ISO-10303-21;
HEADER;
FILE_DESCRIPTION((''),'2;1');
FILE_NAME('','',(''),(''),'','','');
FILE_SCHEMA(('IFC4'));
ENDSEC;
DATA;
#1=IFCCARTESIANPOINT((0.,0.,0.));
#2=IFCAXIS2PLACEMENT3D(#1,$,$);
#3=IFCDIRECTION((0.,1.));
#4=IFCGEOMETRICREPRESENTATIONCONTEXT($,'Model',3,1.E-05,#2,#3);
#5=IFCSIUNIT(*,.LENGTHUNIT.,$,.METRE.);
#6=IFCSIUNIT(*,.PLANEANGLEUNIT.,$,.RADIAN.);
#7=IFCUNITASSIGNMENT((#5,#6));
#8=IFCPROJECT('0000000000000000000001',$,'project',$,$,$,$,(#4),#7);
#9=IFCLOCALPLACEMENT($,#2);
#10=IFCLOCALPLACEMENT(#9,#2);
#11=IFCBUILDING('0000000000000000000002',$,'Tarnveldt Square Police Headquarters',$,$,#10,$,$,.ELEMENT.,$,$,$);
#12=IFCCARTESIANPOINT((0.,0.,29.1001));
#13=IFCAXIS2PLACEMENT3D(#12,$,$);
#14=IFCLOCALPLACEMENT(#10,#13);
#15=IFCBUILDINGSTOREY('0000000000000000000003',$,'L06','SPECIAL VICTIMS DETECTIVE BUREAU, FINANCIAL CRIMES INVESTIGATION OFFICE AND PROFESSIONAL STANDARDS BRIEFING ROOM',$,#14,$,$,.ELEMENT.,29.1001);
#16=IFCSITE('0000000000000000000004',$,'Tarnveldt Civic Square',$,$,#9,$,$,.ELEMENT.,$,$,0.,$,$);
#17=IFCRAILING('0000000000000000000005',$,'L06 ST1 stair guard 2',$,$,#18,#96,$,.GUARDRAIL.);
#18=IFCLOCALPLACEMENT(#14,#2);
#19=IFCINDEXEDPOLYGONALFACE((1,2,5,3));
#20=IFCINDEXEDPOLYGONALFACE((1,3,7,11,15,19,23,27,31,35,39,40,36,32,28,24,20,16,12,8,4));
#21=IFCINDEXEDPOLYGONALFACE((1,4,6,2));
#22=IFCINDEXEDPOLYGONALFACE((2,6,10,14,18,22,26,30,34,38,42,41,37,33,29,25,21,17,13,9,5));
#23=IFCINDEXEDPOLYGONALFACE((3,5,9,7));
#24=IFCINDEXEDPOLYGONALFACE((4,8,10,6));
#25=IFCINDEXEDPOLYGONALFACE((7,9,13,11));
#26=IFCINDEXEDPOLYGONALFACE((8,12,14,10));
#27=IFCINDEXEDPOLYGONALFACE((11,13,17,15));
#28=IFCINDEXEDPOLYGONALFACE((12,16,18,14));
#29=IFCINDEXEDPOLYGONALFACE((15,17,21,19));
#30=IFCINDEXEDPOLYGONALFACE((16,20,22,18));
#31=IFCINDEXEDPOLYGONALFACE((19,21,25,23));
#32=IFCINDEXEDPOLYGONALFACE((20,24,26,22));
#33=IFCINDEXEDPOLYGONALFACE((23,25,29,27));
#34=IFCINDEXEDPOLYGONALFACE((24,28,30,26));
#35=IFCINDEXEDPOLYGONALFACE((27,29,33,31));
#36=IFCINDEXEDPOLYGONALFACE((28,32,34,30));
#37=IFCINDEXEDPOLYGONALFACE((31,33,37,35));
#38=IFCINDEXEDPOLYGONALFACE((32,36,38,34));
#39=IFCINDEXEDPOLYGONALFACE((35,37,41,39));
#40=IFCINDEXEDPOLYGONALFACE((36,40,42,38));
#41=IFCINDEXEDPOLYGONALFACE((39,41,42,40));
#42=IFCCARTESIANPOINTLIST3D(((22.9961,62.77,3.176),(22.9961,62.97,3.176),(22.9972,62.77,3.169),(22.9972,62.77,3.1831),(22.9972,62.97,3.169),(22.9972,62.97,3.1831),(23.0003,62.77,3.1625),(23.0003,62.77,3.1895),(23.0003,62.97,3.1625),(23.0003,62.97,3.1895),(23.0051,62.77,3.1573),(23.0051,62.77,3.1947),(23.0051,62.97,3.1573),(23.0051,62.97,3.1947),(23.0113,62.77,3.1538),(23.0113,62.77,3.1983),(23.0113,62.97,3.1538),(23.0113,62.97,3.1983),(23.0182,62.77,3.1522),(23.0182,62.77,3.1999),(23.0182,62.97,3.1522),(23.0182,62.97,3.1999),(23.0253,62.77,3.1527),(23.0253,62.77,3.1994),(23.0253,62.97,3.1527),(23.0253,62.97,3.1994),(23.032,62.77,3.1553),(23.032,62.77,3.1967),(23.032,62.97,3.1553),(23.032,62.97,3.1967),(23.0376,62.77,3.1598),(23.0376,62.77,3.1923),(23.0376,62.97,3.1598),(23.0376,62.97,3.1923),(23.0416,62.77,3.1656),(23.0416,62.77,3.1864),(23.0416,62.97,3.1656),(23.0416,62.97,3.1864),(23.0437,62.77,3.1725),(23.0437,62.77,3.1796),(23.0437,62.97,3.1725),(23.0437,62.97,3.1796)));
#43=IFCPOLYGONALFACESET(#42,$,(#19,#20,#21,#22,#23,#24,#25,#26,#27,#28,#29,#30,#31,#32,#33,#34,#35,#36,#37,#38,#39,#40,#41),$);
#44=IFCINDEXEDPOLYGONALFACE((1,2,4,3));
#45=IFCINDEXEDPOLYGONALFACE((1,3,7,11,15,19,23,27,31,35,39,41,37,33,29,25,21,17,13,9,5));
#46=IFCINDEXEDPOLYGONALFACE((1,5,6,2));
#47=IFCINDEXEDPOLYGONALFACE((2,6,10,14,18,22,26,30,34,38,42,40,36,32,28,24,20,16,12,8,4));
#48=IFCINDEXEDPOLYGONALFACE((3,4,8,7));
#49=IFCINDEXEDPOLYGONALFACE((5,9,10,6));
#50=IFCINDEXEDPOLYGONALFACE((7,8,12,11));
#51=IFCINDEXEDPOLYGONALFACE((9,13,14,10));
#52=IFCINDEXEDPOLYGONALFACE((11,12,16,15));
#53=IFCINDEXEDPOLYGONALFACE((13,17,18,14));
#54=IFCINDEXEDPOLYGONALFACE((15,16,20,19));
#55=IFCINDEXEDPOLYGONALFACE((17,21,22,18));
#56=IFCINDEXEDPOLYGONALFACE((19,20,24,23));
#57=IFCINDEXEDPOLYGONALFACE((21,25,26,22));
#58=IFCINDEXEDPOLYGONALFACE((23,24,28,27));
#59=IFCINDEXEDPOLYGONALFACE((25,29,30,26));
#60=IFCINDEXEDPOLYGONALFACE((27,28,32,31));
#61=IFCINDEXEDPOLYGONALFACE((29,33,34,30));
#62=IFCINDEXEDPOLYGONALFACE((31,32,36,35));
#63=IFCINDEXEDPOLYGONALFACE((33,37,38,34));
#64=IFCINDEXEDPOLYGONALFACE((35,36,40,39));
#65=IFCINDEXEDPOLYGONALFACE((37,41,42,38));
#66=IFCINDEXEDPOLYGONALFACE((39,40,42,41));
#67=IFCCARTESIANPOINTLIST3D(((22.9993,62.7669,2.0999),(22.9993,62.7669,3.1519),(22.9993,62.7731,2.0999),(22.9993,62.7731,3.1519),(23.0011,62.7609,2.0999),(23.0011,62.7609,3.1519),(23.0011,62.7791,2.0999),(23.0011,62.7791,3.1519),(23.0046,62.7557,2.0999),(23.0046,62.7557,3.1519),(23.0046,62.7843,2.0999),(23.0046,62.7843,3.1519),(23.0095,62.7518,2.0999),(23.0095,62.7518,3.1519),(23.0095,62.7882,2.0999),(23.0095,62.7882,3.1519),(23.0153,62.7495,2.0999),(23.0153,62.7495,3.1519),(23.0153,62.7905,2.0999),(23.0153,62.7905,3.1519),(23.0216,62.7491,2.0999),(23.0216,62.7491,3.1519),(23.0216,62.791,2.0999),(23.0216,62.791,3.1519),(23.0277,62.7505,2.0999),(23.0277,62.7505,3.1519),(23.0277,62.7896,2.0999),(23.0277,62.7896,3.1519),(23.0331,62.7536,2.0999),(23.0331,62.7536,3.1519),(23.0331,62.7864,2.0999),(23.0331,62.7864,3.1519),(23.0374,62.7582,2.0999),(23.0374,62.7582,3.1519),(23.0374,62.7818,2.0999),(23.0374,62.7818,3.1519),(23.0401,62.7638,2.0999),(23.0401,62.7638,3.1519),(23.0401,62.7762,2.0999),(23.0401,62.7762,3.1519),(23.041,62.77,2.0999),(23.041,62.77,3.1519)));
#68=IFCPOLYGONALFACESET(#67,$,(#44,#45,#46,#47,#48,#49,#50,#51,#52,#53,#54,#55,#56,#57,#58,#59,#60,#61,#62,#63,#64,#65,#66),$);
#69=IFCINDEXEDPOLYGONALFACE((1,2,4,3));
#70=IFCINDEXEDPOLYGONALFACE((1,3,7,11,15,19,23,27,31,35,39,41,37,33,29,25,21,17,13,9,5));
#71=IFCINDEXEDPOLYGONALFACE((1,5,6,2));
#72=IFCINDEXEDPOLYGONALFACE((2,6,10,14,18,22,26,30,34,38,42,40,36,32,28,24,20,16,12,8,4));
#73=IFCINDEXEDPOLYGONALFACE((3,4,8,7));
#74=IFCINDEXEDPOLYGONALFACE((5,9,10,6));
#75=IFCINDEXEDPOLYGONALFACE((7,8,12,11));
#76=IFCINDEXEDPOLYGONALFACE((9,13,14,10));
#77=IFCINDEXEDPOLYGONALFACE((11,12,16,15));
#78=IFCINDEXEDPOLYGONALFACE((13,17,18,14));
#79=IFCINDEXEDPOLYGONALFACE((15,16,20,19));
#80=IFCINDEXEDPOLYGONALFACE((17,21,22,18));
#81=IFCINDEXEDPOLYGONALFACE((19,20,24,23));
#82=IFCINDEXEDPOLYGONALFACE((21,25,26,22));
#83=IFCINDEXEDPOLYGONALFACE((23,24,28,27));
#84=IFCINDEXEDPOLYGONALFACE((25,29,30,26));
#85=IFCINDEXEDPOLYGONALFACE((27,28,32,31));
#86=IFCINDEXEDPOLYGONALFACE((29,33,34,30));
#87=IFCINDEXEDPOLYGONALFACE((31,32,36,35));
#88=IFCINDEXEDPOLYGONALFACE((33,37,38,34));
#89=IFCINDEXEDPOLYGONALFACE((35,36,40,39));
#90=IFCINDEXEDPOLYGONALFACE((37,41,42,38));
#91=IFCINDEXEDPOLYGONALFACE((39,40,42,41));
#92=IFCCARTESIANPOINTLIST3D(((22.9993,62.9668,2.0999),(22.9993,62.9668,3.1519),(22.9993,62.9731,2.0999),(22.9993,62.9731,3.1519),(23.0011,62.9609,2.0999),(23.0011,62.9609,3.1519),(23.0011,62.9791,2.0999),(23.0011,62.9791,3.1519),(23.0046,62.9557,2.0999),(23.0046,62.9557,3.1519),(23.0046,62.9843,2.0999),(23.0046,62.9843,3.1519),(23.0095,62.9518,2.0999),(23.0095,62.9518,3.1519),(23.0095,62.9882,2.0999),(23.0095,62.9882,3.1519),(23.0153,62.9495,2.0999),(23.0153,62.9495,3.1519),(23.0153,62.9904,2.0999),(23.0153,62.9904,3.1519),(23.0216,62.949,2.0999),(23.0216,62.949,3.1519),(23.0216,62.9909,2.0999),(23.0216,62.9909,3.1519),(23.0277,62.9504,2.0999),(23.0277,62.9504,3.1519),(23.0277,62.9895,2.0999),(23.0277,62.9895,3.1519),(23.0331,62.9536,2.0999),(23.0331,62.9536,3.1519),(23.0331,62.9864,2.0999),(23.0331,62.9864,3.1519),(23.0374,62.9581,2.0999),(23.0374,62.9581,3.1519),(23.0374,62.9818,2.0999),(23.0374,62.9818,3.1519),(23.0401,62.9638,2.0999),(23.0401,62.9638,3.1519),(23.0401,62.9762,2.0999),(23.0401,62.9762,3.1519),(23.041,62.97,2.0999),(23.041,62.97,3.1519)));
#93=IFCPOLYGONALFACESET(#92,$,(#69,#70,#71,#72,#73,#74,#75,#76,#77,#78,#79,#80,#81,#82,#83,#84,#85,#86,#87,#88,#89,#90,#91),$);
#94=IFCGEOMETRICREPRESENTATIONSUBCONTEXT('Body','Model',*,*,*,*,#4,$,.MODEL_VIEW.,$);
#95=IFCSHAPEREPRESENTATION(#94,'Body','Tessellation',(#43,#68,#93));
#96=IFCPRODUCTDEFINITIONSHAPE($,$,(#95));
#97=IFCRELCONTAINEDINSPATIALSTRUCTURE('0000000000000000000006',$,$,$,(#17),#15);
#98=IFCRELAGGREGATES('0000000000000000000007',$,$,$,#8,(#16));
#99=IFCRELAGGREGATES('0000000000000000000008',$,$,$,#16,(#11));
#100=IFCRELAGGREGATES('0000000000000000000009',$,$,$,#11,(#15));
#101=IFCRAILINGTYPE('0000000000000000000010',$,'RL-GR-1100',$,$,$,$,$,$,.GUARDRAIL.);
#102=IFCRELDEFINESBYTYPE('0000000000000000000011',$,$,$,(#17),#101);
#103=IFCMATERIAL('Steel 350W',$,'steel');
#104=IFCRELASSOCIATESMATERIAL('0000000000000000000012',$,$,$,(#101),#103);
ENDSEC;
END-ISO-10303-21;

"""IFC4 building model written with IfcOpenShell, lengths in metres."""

from ifc_helpers import new_model, si_unit, direction, frame, origin, origin_2d, place, context, subcontext, project, spatial, circle, extrude, material, type_object, element, save


model = new_model("IFC4")

# Units and contexts
model_context = context("Model", 3, precision=1e-05, world=origin(), true_north=direction((0.0, 1.0)))
body_context = subcontext(model_context, "Body", "Model", "MODEL_VIEW")
ifc_project = project(units=[si_unit("LENGTHUNIT", "METRE"), si_unit("PLANEANGLEUNIT", "RADIAN")], contexts=[model_context])

# Site, building, storey
site_placement = place(None, origin())
site = spatial("IfcSite", under=ifc_project, at=site_placement, Name="Tarnveldt Civic Square", CompositionType="ELEMENT", RefElevation=0.0)
building_placement = place(site_placement, origin())
building = spatial("IfcBuilding", under=site, at=building_placement, Name="Tarnveldt Square Police Headquarters", CompositionType="ELEMENT")
storey_placement = place(building_placement, frame((0.0, 0.0, 29.1001)))
storey = spatial("IfcBuildingStorey", under=building, at=storey_placement, Name="L06", Description="SPECIAL VICTIMS DETECTIVE BUREAU, FINANCIAL CRIMES INVESTIGATION OFFICE AND PROFESSIONAL STANDARDS BRIEFING ROOM", CompositionType="ELEMENT", Elevation=29.1001)

# Shared definitions
ifc_material_1 = material(Name="Steel 350W", Category="steel")

# Railing
railing_type_1 = type_object("IfcRailingType", Name="RL-GR-1100", PredefinedType="GUARDRAIL", material=ifc_material_1)
railing_1_placement = place(storey_placement, frame((23.02, 62.77, 2.0999)))
element("IfcRailing", 1, at=railing_1_placement, inside=storey, type_object=railing_type_1, Name="L06 ST1 stair guard 2", PredefinedType="GUARDRAIL", context=body_context, shape_type="SweptSolid", body=[
    extrude(circle(Radius=0.0239, at=origin_2d()), frame((0.0, 0.0, 1.0762), z_axis=(0.0, 1.0, 0.0), x_axis=(-1.0, 0.0, 0.0)), (0.0, 0.0, 1.0), 0.2),
    extrude(circle(Radius=0.021, at=origin_2d()), origin(), (0.0, 0.0, 1.0), 1.052),
    extrude(circle(Radius=0.021, at=origin_2d()), frame((0.0, 0.2, 0.0)), (0.0, 0.0, 1.0), 1.052),
])

save(model, "model.ifc")
